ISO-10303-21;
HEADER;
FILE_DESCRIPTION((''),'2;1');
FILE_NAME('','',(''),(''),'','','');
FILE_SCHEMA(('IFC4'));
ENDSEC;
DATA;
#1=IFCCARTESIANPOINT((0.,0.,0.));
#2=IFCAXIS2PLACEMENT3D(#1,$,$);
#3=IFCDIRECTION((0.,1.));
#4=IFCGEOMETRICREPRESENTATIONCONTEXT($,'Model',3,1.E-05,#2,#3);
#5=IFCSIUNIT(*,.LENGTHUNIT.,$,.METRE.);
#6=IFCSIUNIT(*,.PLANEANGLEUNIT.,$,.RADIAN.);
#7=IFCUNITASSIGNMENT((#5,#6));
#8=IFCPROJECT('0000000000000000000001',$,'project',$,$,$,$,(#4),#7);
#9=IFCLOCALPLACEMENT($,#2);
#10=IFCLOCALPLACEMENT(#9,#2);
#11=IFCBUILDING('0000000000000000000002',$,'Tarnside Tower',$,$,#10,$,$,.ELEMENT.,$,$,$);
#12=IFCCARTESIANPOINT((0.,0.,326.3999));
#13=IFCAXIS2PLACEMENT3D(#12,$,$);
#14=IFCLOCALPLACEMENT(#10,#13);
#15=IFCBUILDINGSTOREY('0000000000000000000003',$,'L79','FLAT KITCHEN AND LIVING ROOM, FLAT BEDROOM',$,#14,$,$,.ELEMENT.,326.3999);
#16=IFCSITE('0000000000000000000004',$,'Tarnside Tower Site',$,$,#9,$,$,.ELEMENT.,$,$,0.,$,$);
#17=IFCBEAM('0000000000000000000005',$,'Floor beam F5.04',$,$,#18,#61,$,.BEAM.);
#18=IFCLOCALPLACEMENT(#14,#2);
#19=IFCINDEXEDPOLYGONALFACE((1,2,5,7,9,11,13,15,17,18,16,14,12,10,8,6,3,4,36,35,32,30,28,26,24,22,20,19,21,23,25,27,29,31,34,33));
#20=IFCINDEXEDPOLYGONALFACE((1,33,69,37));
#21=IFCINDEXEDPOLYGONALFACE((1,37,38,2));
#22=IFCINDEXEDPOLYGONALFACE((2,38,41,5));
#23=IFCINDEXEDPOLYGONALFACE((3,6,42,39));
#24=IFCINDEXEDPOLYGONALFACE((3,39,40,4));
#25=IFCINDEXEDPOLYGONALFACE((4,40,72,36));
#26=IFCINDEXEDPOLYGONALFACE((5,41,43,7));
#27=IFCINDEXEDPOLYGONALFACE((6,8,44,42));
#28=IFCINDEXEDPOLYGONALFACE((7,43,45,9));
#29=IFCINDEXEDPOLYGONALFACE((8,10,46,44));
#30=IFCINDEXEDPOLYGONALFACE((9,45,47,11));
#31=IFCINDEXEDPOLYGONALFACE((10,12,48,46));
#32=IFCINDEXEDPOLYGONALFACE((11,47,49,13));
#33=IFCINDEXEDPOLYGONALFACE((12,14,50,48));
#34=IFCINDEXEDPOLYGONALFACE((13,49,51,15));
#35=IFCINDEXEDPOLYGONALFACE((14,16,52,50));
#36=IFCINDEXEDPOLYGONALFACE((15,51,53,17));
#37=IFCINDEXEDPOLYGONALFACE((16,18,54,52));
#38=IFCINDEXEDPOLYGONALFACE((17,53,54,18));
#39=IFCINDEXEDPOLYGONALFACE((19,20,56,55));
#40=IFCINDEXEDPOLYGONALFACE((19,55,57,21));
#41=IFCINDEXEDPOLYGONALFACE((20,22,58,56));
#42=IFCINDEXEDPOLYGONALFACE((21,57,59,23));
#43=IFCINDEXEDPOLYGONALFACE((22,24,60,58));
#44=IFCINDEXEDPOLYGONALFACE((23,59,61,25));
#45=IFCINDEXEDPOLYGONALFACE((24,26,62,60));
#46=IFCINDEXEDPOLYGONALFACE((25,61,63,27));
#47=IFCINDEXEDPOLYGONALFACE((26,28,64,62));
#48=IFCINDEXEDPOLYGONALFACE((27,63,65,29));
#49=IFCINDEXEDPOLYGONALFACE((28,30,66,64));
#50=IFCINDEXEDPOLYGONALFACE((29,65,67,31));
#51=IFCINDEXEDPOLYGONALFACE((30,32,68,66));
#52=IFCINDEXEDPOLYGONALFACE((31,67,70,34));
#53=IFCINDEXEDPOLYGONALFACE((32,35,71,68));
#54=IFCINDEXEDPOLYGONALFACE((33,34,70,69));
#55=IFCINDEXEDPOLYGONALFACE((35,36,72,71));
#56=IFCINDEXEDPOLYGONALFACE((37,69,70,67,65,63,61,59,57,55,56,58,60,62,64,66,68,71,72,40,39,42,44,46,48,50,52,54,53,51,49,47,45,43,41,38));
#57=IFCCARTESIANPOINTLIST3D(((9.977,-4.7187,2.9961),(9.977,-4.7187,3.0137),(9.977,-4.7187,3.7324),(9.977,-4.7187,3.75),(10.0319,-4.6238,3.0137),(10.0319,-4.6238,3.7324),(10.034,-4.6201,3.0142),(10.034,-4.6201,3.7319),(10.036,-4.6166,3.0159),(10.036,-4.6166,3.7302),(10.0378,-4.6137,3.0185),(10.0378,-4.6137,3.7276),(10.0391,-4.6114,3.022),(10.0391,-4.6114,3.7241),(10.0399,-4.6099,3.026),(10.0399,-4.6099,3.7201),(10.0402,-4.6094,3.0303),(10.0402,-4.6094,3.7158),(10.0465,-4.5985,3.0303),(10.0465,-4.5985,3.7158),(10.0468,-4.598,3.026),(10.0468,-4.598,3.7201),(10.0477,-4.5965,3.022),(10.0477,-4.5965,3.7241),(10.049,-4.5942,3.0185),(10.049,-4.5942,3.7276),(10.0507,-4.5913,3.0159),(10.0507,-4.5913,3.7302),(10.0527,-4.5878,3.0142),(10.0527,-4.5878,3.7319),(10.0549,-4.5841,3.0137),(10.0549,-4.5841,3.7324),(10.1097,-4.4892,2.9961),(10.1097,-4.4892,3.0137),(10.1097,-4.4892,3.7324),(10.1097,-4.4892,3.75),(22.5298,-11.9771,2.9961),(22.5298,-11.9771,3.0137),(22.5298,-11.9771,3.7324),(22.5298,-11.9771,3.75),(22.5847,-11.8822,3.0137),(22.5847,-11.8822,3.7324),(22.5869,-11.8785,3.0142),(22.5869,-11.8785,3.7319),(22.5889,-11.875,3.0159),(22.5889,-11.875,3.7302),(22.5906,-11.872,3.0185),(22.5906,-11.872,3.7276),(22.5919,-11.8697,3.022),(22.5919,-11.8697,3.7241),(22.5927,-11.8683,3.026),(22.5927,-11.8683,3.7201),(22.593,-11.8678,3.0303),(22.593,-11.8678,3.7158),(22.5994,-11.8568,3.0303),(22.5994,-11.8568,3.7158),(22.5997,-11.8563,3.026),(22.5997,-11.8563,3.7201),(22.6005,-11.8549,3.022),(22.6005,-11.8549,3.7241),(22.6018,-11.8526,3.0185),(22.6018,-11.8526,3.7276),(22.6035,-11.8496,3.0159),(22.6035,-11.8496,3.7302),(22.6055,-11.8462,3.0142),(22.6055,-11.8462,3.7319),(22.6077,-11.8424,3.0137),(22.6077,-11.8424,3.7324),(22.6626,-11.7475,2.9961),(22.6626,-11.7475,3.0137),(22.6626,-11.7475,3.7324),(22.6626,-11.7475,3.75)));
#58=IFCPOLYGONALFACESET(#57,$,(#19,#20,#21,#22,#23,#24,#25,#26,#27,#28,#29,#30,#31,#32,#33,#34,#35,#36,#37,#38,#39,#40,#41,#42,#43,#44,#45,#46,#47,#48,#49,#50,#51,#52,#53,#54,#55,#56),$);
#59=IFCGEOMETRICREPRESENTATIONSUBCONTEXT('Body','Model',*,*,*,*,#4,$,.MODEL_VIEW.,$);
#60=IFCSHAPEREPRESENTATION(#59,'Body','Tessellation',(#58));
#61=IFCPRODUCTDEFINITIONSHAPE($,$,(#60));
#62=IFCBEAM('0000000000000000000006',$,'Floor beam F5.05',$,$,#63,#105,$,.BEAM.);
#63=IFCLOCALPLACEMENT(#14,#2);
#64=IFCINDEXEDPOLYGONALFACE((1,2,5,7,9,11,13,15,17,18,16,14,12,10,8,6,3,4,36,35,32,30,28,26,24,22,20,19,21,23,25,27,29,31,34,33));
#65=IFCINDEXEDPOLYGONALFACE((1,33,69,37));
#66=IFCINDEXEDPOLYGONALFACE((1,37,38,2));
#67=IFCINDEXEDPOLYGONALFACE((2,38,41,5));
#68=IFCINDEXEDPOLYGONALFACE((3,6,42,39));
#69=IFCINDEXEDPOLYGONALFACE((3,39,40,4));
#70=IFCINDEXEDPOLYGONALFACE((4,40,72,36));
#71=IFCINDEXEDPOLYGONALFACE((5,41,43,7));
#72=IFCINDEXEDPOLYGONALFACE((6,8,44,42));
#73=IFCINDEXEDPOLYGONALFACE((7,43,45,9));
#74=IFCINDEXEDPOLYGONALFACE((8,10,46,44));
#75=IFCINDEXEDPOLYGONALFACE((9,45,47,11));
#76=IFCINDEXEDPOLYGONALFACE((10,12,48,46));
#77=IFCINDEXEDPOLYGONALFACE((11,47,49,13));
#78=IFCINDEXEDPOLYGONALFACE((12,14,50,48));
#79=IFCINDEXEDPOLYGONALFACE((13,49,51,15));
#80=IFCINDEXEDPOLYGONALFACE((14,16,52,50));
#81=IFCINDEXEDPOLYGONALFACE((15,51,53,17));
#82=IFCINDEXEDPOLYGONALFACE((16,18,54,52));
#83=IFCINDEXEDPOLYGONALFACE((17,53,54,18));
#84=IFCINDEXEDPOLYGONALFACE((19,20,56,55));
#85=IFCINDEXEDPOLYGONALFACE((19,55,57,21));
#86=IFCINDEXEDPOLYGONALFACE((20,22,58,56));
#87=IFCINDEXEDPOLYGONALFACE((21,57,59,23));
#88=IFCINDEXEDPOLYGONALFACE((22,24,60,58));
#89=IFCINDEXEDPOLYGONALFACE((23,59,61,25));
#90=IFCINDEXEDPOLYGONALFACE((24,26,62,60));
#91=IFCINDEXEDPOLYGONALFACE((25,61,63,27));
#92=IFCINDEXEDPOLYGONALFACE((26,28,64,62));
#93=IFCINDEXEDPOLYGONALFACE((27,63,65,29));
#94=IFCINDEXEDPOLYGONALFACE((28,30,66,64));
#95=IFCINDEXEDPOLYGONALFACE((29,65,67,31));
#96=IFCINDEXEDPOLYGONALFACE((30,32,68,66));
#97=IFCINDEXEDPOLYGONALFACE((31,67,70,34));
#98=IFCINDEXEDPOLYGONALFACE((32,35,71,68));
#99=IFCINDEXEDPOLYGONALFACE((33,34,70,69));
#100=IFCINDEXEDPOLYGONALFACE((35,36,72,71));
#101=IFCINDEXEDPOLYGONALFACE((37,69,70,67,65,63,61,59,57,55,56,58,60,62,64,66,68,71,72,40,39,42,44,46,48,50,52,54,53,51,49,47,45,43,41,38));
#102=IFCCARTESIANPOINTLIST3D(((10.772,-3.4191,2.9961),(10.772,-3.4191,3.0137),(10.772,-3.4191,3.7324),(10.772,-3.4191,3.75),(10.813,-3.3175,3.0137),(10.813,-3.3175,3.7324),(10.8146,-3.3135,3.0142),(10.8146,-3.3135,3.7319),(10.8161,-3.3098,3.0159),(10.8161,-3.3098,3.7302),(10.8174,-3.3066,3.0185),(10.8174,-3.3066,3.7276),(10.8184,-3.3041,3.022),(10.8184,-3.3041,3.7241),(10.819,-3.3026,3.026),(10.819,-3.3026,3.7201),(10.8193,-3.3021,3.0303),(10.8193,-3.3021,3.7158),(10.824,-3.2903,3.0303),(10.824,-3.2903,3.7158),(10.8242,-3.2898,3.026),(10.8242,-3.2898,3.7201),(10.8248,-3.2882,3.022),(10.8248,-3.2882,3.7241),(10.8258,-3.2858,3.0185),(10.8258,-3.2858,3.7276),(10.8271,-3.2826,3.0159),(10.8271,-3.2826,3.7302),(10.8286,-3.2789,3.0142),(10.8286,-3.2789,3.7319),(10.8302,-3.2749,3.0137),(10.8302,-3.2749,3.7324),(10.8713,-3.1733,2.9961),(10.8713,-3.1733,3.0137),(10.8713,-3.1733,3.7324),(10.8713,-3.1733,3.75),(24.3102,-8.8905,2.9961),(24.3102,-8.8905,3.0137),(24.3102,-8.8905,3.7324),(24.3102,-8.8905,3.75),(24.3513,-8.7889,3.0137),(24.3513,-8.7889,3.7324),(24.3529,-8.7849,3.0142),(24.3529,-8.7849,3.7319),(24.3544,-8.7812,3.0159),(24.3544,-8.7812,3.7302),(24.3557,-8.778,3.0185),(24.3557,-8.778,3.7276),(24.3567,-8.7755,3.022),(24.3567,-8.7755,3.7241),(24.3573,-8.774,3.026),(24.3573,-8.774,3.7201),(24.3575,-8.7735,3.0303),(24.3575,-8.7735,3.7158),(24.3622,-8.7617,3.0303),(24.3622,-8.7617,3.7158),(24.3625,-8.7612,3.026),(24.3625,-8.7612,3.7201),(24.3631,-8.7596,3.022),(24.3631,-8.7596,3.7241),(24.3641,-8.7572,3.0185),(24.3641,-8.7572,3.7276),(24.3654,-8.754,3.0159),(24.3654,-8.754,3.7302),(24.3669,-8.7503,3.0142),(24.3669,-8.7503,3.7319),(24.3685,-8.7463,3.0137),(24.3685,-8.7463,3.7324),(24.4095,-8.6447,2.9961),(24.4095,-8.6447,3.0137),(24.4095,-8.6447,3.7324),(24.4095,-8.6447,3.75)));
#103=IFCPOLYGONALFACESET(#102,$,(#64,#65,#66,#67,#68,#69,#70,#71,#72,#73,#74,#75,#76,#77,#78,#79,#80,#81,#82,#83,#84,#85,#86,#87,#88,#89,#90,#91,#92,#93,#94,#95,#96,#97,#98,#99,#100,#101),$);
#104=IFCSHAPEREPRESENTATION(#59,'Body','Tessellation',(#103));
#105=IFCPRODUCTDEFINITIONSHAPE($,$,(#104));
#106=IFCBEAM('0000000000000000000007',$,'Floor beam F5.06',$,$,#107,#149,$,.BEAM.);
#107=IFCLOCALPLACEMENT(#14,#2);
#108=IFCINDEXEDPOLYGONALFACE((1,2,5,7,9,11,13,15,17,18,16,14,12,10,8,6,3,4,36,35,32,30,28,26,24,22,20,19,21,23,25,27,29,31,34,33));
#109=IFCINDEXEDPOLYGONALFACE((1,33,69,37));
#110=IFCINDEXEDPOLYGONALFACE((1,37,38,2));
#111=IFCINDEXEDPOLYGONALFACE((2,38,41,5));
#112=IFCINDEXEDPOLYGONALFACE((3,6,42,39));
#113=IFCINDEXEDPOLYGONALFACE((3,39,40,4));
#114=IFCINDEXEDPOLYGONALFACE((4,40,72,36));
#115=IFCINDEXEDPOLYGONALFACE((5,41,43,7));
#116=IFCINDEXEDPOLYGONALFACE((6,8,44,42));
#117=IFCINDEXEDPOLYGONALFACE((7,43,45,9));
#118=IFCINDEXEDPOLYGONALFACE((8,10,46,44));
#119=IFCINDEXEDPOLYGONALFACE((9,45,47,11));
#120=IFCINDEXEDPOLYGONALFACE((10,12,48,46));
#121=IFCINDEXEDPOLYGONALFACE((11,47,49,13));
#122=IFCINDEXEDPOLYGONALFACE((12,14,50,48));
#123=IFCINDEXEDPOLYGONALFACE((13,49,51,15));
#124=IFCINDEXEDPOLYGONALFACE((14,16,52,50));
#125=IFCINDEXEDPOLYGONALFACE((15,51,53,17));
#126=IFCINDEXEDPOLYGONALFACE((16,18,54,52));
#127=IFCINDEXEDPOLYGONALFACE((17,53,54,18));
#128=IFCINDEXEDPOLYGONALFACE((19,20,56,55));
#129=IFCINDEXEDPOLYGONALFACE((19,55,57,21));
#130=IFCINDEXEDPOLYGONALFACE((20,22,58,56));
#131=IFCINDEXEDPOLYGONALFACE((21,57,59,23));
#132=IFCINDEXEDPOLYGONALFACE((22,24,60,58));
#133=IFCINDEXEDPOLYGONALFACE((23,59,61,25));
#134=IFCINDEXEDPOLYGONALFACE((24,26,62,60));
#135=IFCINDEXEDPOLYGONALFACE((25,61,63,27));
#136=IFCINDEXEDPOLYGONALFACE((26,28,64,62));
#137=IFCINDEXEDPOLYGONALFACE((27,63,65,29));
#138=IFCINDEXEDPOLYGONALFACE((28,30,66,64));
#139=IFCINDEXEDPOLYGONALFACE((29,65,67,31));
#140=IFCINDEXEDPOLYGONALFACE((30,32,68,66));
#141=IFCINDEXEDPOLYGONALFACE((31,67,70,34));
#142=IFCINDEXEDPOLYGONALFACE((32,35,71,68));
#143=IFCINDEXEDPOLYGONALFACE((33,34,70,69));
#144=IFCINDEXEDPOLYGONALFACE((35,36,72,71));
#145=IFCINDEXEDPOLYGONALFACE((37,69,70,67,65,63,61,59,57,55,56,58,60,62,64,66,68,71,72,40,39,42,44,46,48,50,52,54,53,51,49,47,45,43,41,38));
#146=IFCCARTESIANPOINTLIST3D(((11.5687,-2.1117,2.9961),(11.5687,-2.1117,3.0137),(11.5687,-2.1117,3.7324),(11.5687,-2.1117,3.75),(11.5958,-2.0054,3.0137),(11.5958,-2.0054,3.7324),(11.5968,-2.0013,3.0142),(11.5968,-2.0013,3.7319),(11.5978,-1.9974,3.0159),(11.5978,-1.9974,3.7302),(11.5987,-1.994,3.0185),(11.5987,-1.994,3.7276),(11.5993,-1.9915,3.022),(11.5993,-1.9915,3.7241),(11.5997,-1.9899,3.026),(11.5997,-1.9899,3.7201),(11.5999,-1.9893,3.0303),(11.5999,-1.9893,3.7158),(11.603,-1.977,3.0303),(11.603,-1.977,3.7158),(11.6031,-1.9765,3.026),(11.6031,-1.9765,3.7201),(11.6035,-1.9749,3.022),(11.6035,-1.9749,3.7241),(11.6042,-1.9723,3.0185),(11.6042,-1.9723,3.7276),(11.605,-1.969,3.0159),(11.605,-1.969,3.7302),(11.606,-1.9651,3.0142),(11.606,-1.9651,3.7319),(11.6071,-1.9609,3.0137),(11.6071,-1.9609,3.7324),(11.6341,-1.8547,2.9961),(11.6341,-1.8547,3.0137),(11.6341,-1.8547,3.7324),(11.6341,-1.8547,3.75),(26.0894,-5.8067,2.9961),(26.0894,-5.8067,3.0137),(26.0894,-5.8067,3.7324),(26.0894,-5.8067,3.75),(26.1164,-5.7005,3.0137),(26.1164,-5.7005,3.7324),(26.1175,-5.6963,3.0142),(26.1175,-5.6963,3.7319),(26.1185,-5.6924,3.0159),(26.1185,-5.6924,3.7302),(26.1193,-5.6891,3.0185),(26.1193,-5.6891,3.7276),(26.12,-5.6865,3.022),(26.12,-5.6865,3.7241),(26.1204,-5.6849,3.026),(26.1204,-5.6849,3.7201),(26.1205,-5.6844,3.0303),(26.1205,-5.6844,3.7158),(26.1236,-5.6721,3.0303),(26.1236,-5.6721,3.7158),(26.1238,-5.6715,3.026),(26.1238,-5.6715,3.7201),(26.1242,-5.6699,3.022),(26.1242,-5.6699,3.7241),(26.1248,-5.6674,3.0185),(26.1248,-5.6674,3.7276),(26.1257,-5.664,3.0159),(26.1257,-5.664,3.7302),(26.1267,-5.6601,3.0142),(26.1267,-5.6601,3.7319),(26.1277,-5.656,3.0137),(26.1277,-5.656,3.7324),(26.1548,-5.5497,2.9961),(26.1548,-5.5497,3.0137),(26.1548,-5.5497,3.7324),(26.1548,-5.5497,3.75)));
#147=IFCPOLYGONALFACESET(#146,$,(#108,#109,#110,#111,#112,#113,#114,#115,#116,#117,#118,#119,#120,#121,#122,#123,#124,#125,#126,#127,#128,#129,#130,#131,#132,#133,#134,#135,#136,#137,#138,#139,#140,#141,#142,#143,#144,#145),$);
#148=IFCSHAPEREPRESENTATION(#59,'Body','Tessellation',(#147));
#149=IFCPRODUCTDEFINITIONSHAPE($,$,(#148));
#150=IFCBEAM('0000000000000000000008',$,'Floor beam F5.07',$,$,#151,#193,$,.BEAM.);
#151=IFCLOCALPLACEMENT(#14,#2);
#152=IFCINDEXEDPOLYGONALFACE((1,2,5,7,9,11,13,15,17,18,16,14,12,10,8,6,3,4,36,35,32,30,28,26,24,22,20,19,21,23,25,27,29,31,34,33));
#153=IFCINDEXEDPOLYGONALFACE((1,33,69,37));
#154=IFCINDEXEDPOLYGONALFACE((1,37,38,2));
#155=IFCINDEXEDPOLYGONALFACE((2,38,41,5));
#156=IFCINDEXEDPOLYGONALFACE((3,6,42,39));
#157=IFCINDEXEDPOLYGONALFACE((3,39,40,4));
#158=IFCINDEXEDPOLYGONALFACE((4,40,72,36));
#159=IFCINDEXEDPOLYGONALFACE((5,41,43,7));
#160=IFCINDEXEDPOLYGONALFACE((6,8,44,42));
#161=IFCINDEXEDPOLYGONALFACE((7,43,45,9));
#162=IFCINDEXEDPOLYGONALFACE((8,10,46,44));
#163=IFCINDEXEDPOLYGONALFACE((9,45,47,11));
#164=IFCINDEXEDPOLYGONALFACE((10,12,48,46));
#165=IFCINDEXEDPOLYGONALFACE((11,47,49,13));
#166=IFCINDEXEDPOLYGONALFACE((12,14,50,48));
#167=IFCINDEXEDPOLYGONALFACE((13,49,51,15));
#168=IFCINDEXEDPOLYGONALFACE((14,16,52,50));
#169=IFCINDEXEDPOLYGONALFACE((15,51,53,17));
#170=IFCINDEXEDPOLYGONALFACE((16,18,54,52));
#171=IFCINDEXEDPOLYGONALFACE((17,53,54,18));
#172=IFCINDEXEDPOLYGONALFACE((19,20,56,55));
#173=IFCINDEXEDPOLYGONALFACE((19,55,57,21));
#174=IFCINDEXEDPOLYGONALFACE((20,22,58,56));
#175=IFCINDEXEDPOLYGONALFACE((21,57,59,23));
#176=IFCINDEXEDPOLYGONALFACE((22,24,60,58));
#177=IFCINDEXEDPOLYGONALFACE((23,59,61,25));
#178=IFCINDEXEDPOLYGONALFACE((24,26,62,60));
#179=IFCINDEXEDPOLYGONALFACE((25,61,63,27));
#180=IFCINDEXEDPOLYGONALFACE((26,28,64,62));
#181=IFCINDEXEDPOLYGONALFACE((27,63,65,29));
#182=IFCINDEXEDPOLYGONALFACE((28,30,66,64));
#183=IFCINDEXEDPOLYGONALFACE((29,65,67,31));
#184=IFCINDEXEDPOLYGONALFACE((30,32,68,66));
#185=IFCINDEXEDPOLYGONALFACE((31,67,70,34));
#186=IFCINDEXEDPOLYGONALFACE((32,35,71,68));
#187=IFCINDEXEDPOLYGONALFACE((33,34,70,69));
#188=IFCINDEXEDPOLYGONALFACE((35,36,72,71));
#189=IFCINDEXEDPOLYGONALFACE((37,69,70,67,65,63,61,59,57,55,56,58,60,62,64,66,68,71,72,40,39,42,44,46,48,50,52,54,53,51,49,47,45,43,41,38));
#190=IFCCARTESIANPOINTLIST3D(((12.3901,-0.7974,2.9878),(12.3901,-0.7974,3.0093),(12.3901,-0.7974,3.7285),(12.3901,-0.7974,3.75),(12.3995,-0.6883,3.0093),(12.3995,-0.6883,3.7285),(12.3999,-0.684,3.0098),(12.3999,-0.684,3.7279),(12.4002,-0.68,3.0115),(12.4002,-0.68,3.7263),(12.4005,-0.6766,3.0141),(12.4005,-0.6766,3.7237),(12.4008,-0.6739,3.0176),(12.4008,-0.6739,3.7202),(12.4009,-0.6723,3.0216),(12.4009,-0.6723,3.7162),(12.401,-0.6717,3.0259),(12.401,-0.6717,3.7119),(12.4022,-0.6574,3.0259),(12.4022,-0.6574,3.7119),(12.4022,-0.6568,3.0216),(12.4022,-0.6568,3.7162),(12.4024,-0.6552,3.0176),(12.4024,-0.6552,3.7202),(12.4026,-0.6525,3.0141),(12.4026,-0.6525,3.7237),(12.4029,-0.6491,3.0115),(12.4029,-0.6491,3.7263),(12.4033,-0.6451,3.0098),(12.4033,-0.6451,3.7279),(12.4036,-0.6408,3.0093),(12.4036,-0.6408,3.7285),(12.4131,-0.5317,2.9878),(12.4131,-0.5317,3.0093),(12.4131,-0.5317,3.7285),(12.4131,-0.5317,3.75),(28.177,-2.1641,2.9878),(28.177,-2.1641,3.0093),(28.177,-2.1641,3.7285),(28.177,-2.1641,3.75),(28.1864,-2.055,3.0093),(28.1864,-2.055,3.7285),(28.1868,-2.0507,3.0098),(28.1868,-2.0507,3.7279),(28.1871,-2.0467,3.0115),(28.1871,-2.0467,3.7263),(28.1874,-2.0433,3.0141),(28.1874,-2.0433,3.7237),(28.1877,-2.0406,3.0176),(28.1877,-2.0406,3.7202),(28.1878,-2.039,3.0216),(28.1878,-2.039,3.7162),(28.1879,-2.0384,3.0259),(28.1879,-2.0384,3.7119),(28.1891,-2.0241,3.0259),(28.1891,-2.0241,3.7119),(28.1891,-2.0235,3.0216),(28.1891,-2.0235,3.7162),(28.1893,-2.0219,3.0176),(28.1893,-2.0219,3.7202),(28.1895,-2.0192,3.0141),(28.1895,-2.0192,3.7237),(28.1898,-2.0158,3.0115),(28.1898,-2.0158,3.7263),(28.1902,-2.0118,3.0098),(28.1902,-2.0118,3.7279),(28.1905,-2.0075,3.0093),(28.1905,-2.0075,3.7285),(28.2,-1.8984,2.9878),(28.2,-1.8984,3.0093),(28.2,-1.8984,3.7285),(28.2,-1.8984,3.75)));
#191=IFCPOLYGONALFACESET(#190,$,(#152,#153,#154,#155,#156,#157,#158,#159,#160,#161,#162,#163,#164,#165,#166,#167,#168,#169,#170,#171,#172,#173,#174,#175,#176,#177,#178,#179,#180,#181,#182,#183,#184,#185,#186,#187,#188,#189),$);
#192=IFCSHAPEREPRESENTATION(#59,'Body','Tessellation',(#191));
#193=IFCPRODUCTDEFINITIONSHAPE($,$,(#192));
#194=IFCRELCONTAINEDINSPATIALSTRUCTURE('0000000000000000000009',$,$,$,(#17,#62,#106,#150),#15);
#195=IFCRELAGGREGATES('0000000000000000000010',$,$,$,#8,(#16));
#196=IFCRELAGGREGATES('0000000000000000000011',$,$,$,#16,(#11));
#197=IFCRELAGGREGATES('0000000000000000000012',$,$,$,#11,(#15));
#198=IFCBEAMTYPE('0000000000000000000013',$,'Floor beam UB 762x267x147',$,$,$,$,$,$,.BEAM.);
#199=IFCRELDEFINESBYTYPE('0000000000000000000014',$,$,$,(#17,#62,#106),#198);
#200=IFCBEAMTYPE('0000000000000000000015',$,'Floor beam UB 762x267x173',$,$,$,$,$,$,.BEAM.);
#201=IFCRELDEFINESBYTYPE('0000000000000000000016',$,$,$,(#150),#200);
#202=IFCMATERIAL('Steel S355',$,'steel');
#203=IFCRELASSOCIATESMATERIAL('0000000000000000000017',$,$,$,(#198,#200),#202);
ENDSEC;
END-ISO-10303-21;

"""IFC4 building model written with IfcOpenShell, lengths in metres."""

from ifc_helpers import new_model, si_unit, direction, frame, origin, origin_2d, place, context, subcontext, project, spatial, i_section, extrude, material, material_profile, profile_set, type_object, element, save


model = new_model("IFC4")

# Units and contexts
model_context = context("Model", 3, precision=1e-05, world=origin(), true_north=direction((0.0, 1.0)))
body_context = subcontext(model_context, "Body", "Model", "MODEL_VIEW")
ifc_project = project(units=[si_unit("LENGTHUNIT", "METRE"), si_unit("PLANEANGLEUNIT", "RADIAN")], contexts=[model_context])

# Site, building, storey
site_placement = place(None, origin())
site = spatial("IfcSite", under=ifc_project, at=site_placement, Name="Tarnside Tower Site", CompositionType="ELEMENT", RefElevation=0.0)
building_placement = place(site_placement, origin())
building = spatial("IfcBuilding", under=site, at=building_placement, Name="Tarnside Tower", CompositionType="ELEMENT")
storey_placement = place(building_placement, frame((0.0, 0.0, 326.3999)))
storey = spatial("IfcBuildingStorey", under=building, at=storey_placement, Name="L79", Description="FLAT KITCHEN AND LIVING ROOM, FLAT BEDROOM", CompositionType="ELEMENT", Elevation=326.3999)

# Beams
ifc_material_1 = material(Name="Steel S355", Category="steel")
ifc_material_profile_1 = material_profile(ifc_material_1, i_section(OverallWidth=0.2651, OverallDepth=0.7539, WebThickness=0.0127, FlangeThickness=0.0176, FilletRadius=0.0166, at=origin_2d()), Name="UB 762x267x147")
ifc_profile_set_1 = profile_set([ifc_material_profile_1], Name="Steel S355")
beam_type_1 = type_object("IfcBeamType", Name="Floor beam UB 762x267x147", PredefinedType="BEAM", material=ifc_profile_set_1)
beam_1_placement = place(storey_placement, frame((22.5962, -11.8623, 3.373), z_axis=(-0.865697, 0.500568, 0.0), x_axis=(-0.500568, -0.865697, 0.0)))
element("IfcBeam", 1, at=beam_1_placement, inside=storey, type_object=beam_type_1, Name="Floor beam F5.04", PredefinedType="BEAM", context=body_context, shape_type="SweptSolid", body=[
    extrude(i_section(OverallWidth=0.2651, OverallDepth=0.7539, WebThickness=0.0127, FlangeThickness=0.0176, FilletRadius=0.0166, at=origin_2d()), origin(), (0.0, 0.0, 1.0), 14.5002),
])
beam_2_placement = place(storey_placement, frame((24.3599, -8.7676, 3.373), z_axis=(-0.927146, 0.374701, 0.0), x_axis=(-0.374701, -0.927146, 0.0)))
element("IfcBeam", 2, at=beam_2_placement, inside=storey, type_object=beam_type_1, Name="Floor beam F5.05", PredefinedType="BEAM", context=body_context, shape_type="SweptSolid", body=[
    extrude(i_section(OverallWidth=0.2651, OverallDepth=0.7539, WebThickness=0.0127, FlangeThickness=0.0176, FilletRadius=0.0166, at=origin_2d()), origin(), (0.0, 0.0, 1.0), 14.6021),
])
beam_3_placement = place(storey_placement, frame((26.1221, -5.6782, 3.373), z_axis=(-0.969115, 0.246609, 0.0), x_axis=(-0.246609, -0.969115, 0.0)))
element("IfcBeam", 3, at=beam_3_placement, inside=storey, type_object=beam_type_1, Name="Floor beam F5.06", PredefinedType="BEAM", context=body_context, shape_type="SweptSolid", body=[
    extrude(i_section(OverallWidth=0.2651, OverallDepth=0.7539, WebThickness=0.0127, FlangeThickness=0.0176, FilletRadius=0.0166, at=origin_2d()), origin(), (0.0, 0.0, 1.0), 14.9834),
])
ifc_material_profile_2 = material_profile(ifc_material_1, i_section(OverallWidth=0.2666, OverallDepth=0.7622, WebThickness=0.0144, FlangeThickness=0.0215, FilletRadius=0.0166, at=origin_2d()), Name="UB 762x267x173")
ifc_profile_set_2 = profile_set([ifc_material_profile_2], Name="Steel S355")
beam_type_2 = type_object("IfcBeamType", Name="Floor beam UB 762x267x173", PredefinedType="BEAM", material=ifc_profile_set_2)
beam_4_placement = place(storey_placement, frame((28.1885, -2.0312, 3.3689), z_axis=(-0.996274, 0.086249, 0.0), x_axis=(-0.086249, -0.996274, 0.0)))
element("IfcBeam", 4, at=beam_4_placement, inside=storey, type_object=beam_type_2, Name="Floor beam F5.07", PredefinedType="BEAM", context=body_context, shape_type="SweptSolid", body=[
    extrude(i_section(OverallWidth=0.2666, OverallDepth=0.7622, WebThickness=0.0144, FlangeThickness=0.0215, FilletRadius=0.0166, at=origin_2d()), origin(), (0.0, 0.0, 1.0), 15.8459),
])

save(model, "model.ifc")
